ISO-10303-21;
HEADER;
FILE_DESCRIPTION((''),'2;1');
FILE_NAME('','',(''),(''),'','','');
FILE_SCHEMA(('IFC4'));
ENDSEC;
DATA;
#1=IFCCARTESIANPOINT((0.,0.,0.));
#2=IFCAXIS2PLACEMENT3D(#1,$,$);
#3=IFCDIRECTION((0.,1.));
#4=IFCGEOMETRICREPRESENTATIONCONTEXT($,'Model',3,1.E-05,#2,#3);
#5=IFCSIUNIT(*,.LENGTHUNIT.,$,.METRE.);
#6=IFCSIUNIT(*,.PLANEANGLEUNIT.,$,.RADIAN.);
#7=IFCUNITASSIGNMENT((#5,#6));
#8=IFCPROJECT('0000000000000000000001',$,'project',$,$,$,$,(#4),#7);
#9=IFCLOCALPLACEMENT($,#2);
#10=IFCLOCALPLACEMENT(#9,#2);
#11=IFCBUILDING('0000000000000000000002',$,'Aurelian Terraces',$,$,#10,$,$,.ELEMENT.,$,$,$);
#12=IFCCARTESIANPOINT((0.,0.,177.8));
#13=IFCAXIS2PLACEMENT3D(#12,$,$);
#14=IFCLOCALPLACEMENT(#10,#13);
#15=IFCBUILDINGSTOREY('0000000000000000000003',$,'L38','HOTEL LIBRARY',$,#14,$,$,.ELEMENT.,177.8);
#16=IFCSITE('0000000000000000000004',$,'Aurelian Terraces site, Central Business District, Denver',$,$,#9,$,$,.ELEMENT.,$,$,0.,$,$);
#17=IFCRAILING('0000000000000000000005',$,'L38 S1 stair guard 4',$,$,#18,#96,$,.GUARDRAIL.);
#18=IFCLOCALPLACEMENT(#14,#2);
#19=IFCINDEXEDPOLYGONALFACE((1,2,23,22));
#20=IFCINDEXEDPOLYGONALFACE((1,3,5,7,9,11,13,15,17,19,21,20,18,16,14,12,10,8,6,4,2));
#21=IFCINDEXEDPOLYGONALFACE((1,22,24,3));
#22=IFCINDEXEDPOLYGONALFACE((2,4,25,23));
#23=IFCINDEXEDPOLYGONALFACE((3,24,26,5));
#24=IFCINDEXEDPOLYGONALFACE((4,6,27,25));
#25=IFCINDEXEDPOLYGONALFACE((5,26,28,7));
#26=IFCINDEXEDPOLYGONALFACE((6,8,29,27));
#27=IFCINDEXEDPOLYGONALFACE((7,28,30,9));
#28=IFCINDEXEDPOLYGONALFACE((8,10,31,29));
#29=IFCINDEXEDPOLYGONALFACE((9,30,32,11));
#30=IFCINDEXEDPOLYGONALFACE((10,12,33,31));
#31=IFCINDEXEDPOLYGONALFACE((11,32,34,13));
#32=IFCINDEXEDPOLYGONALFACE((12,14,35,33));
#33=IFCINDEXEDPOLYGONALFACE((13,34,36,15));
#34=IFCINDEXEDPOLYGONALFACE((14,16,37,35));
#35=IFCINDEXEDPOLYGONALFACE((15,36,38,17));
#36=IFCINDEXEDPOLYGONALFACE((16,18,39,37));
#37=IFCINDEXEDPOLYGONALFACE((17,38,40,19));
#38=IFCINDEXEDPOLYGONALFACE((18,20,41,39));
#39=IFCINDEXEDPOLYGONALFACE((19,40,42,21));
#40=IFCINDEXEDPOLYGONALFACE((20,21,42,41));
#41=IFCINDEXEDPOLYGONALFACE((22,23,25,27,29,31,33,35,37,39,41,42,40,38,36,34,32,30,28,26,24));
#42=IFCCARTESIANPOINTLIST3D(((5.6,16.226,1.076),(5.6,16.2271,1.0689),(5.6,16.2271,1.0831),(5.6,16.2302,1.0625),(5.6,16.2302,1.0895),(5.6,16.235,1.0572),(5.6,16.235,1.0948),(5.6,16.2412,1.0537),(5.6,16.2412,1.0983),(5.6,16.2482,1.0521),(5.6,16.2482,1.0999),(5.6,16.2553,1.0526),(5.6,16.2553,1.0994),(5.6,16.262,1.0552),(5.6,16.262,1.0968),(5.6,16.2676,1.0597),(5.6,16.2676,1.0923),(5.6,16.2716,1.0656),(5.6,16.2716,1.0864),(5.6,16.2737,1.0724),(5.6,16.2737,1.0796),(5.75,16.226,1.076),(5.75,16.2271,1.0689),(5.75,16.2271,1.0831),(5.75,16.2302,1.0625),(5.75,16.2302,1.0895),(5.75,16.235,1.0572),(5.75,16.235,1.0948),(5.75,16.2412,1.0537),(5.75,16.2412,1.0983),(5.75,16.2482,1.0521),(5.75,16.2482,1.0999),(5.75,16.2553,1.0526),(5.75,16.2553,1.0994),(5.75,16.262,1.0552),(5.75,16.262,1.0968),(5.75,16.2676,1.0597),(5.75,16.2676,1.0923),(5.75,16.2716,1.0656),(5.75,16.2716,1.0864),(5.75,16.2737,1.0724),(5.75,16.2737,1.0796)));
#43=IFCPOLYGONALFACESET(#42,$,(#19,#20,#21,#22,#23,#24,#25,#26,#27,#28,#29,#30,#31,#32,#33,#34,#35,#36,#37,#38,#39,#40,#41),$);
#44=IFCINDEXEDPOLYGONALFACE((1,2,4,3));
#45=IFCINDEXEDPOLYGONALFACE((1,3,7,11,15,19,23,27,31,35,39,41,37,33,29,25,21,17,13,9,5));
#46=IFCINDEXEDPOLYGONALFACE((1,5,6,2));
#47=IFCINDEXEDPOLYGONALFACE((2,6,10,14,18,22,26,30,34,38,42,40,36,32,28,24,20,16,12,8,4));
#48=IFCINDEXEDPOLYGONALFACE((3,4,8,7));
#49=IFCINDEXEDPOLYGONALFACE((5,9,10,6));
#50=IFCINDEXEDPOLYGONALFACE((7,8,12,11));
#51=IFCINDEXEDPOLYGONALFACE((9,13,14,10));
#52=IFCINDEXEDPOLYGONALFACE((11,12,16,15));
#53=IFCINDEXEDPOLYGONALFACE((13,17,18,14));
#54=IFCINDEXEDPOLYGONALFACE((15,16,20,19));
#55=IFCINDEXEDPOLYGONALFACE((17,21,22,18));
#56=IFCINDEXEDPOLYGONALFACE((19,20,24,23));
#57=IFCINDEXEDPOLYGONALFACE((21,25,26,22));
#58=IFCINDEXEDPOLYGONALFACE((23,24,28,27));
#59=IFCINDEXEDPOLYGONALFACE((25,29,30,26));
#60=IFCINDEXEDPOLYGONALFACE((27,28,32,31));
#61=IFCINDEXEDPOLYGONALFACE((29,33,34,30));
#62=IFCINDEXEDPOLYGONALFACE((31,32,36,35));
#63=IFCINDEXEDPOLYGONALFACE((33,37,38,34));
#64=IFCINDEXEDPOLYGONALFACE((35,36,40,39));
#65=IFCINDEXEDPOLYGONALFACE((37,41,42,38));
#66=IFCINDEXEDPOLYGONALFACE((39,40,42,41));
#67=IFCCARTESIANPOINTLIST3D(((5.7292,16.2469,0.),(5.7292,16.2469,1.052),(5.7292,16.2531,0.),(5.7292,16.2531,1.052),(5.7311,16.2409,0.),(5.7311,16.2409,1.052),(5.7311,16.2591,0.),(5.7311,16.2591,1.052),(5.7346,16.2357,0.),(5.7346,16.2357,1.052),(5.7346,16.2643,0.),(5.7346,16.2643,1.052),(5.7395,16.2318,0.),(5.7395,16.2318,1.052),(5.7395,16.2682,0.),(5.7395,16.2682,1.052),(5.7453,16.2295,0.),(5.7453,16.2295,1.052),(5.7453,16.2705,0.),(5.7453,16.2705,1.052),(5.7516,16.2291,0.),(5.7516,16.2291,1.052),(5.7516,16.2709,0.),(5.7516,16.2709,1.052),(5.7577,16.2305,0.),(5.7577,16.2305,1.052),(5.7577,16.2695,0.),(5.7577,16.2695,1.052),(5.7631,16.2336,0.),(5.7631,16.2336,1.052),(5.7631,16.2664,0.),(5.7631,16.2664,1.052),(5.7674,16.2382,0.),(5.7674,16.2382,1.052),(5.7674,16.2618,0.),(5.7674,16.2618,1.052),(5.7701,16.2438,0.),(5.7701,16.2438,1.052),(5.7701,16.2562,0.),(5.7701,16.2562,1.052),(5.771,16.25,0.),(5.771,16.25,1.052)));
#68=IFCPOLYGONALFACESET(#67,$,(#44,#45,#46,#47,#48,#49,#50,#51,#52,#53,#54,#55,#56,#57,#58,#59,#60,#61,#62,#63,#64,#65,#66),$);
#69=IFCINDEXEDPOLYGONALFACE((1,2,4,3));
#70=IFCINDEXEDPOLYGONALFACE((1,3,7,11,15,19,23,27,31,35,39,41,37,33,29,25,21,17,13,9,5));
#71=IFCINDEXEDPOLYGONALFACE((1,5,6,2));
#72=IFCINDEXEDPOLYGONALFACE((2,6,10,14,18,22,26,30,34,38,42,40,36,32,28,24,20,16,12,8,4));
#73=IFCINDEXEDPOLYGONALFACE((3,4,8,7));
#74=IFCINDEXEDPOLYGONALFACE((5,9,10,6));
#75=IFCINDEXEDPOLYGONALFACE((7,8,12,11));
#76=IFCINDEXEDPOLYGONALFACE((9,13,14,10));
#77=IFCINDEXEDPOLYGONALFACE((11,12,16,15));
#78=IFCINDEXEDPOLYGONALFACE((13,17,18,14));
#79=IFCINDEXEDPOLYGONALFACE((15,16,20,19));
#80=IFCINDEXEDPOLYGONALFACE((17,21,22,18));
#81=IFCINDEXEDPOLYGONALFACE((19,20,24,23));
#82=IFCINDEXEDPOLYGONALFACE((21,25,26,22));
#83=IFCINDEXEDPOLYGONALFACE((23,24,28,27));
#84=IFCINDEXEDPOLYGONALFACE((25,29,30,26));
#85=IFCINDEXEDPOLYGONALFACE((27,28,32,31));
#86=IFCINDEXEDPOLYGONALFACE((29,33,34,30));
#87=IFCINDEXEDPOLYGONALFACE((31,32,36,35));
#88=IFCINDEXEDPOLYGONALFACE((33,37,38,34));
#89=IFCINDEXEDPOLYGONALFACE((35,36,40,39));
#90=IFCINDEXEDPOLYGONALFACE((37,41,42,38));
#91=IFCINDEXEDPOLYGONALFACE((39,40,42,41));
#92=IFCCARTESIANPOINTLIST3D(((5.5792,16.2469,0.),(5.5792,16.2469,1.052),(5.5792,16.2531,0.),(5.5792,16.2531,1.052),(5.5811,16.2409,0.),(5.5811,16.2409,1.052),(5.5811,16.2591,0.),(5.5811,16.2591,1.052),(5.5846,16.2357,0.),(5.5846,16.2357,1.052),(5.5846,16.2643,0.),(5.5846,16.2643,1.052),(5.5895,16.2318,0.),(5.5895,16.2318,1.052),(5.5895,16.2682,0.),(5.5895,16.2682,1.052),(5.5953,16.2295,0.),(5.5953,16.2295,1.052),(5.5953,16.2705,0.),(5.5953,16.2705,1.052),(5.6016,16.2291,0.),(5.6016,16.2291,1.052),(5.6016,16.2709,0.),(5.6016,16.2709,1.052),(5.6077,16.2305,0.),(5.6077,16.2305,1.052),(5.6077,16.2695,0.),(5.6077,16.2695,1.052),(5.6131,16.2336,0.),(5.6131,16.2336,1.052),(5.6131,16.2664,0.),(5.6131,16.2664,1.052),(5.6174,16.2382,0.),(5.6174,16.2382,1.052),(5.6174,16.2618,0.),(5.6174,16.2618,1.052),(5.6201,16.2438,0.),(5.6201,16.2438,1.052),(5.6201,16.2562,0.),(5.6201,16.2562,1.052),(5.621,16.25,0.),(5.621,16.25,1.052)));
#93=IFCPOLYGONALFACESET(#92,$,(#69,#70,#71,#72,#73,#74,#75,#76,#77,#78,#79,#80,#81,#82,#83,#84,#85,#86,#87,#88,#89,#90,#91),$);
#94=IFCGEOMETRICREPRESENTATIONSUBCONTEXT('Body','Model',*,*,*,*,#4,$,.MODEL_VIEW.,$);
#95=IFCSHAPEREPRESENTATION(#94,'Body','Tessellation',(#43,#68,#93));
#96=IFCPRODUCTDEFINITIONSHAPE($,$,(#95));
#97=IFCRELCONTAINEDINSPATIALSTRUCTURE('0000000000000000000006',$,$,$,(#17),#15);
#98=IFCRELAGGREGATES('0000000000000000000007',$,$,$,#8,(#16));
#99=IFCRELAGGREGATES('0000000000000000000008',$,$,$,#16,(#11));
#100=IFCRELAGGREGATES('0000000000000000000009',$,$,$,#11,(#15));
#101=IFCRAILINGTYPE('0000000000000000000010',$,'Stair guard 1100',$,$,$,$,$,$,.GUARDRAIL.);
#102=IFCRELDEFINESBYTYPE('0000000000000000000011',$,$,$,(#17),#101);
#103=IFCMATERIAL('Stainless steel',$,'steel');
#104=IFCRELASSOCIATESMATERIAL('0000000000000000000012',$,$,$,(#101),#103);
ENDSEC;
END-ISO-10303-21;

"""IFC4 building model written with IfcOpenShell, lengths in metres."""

from ifc_helpers import new_model, si_unit, direction, frame, origin, origin_2d, place, context, subcontext, project, spatial, circle, extrude, source, transform, mapped, material, type_object, element, save


model = new_model("IFC4")

# Units and contexts
model_context = context("Model", 3, precision=1e-05, world=origin(), true_north=direction((0.0, 1.0)))
body_context = subcontext(model_context, "Body", "Model", "MODEL_VIEW")
ifc_project = project(units=[si_unit("LENGTHUNIT", "METRE"), si_unit("PLANEANGLEUNIT", "RADIAN")], contexts=[model_context])

# Site, building, storey
site_placement = place(None, origin())
site = spatial("IfcSite", under=ifc_project, at=site_placement, Name="Aurelian Terraces site, Central Business District, Denver", CompositionType="ELEMENT", RefElevation=0.0)
building_placement = place(site_placement, origin())
building = spatial("IfcBuilding", under=site, at=building_placement, Name="Aurelian Terraces", CompositionType="ELEMENT")
storey_placement = place(building_placement, frame((0.0, 0.0, 177.8)))
storey = spatial("IfcBuildingStorey", under=building, at=storey_placement, Name="L38", Description="HOTEL LIBRARY", CompositionType="ELEMENT", Elevation=177.8)

# Shared definitions
ifc_material_1 = material(Name="Stainless steel", Category="steel")

# Railing
railing_type = type_object("IfcRailingType", Name="Stair guard 1100", PredefinedType="GUARDRAIL", material=ifc_material_1)
shared_shape_1 = source(origin(), body_context, "Body", "SweptSolid", [
    extrude(circle(Radius=0.024, at=origin_2d()), frame((0.0, 0.0, 1.076), z_axis=(-1.0, 0.0, 0.0), x_axis=(0.0, -1.0, 0.0)), (0.0, 0.0, 1.0), 0.15),
    extrude(circle(Radius=0.021, at=origin_2d()), origin(), (0.0, 0.0, 1.0), 1.052),
    extrude(circle(Radius=0.021, at=origin_2d()), frame((-0.15, 0.0, 0.0)), (0.0, 0.0, 1.0), 1.052),
])
railing_placement = place(storey_placement, frame((5.75, 16.25, 0.0)))
element("IfcRailing", 1, at=railing_placement, inside=storey, type_object=railing_type, Name="L38 S1 stair guard 4", PredefinedType="GUARDRAIL", context=body_context, shape_type="MappedRepresentation", body=[
    mapped(shared_shape_1, transform((0.0, 0.0, 0.0), scale=1.0)),
])

save(model, "model.ifc")
